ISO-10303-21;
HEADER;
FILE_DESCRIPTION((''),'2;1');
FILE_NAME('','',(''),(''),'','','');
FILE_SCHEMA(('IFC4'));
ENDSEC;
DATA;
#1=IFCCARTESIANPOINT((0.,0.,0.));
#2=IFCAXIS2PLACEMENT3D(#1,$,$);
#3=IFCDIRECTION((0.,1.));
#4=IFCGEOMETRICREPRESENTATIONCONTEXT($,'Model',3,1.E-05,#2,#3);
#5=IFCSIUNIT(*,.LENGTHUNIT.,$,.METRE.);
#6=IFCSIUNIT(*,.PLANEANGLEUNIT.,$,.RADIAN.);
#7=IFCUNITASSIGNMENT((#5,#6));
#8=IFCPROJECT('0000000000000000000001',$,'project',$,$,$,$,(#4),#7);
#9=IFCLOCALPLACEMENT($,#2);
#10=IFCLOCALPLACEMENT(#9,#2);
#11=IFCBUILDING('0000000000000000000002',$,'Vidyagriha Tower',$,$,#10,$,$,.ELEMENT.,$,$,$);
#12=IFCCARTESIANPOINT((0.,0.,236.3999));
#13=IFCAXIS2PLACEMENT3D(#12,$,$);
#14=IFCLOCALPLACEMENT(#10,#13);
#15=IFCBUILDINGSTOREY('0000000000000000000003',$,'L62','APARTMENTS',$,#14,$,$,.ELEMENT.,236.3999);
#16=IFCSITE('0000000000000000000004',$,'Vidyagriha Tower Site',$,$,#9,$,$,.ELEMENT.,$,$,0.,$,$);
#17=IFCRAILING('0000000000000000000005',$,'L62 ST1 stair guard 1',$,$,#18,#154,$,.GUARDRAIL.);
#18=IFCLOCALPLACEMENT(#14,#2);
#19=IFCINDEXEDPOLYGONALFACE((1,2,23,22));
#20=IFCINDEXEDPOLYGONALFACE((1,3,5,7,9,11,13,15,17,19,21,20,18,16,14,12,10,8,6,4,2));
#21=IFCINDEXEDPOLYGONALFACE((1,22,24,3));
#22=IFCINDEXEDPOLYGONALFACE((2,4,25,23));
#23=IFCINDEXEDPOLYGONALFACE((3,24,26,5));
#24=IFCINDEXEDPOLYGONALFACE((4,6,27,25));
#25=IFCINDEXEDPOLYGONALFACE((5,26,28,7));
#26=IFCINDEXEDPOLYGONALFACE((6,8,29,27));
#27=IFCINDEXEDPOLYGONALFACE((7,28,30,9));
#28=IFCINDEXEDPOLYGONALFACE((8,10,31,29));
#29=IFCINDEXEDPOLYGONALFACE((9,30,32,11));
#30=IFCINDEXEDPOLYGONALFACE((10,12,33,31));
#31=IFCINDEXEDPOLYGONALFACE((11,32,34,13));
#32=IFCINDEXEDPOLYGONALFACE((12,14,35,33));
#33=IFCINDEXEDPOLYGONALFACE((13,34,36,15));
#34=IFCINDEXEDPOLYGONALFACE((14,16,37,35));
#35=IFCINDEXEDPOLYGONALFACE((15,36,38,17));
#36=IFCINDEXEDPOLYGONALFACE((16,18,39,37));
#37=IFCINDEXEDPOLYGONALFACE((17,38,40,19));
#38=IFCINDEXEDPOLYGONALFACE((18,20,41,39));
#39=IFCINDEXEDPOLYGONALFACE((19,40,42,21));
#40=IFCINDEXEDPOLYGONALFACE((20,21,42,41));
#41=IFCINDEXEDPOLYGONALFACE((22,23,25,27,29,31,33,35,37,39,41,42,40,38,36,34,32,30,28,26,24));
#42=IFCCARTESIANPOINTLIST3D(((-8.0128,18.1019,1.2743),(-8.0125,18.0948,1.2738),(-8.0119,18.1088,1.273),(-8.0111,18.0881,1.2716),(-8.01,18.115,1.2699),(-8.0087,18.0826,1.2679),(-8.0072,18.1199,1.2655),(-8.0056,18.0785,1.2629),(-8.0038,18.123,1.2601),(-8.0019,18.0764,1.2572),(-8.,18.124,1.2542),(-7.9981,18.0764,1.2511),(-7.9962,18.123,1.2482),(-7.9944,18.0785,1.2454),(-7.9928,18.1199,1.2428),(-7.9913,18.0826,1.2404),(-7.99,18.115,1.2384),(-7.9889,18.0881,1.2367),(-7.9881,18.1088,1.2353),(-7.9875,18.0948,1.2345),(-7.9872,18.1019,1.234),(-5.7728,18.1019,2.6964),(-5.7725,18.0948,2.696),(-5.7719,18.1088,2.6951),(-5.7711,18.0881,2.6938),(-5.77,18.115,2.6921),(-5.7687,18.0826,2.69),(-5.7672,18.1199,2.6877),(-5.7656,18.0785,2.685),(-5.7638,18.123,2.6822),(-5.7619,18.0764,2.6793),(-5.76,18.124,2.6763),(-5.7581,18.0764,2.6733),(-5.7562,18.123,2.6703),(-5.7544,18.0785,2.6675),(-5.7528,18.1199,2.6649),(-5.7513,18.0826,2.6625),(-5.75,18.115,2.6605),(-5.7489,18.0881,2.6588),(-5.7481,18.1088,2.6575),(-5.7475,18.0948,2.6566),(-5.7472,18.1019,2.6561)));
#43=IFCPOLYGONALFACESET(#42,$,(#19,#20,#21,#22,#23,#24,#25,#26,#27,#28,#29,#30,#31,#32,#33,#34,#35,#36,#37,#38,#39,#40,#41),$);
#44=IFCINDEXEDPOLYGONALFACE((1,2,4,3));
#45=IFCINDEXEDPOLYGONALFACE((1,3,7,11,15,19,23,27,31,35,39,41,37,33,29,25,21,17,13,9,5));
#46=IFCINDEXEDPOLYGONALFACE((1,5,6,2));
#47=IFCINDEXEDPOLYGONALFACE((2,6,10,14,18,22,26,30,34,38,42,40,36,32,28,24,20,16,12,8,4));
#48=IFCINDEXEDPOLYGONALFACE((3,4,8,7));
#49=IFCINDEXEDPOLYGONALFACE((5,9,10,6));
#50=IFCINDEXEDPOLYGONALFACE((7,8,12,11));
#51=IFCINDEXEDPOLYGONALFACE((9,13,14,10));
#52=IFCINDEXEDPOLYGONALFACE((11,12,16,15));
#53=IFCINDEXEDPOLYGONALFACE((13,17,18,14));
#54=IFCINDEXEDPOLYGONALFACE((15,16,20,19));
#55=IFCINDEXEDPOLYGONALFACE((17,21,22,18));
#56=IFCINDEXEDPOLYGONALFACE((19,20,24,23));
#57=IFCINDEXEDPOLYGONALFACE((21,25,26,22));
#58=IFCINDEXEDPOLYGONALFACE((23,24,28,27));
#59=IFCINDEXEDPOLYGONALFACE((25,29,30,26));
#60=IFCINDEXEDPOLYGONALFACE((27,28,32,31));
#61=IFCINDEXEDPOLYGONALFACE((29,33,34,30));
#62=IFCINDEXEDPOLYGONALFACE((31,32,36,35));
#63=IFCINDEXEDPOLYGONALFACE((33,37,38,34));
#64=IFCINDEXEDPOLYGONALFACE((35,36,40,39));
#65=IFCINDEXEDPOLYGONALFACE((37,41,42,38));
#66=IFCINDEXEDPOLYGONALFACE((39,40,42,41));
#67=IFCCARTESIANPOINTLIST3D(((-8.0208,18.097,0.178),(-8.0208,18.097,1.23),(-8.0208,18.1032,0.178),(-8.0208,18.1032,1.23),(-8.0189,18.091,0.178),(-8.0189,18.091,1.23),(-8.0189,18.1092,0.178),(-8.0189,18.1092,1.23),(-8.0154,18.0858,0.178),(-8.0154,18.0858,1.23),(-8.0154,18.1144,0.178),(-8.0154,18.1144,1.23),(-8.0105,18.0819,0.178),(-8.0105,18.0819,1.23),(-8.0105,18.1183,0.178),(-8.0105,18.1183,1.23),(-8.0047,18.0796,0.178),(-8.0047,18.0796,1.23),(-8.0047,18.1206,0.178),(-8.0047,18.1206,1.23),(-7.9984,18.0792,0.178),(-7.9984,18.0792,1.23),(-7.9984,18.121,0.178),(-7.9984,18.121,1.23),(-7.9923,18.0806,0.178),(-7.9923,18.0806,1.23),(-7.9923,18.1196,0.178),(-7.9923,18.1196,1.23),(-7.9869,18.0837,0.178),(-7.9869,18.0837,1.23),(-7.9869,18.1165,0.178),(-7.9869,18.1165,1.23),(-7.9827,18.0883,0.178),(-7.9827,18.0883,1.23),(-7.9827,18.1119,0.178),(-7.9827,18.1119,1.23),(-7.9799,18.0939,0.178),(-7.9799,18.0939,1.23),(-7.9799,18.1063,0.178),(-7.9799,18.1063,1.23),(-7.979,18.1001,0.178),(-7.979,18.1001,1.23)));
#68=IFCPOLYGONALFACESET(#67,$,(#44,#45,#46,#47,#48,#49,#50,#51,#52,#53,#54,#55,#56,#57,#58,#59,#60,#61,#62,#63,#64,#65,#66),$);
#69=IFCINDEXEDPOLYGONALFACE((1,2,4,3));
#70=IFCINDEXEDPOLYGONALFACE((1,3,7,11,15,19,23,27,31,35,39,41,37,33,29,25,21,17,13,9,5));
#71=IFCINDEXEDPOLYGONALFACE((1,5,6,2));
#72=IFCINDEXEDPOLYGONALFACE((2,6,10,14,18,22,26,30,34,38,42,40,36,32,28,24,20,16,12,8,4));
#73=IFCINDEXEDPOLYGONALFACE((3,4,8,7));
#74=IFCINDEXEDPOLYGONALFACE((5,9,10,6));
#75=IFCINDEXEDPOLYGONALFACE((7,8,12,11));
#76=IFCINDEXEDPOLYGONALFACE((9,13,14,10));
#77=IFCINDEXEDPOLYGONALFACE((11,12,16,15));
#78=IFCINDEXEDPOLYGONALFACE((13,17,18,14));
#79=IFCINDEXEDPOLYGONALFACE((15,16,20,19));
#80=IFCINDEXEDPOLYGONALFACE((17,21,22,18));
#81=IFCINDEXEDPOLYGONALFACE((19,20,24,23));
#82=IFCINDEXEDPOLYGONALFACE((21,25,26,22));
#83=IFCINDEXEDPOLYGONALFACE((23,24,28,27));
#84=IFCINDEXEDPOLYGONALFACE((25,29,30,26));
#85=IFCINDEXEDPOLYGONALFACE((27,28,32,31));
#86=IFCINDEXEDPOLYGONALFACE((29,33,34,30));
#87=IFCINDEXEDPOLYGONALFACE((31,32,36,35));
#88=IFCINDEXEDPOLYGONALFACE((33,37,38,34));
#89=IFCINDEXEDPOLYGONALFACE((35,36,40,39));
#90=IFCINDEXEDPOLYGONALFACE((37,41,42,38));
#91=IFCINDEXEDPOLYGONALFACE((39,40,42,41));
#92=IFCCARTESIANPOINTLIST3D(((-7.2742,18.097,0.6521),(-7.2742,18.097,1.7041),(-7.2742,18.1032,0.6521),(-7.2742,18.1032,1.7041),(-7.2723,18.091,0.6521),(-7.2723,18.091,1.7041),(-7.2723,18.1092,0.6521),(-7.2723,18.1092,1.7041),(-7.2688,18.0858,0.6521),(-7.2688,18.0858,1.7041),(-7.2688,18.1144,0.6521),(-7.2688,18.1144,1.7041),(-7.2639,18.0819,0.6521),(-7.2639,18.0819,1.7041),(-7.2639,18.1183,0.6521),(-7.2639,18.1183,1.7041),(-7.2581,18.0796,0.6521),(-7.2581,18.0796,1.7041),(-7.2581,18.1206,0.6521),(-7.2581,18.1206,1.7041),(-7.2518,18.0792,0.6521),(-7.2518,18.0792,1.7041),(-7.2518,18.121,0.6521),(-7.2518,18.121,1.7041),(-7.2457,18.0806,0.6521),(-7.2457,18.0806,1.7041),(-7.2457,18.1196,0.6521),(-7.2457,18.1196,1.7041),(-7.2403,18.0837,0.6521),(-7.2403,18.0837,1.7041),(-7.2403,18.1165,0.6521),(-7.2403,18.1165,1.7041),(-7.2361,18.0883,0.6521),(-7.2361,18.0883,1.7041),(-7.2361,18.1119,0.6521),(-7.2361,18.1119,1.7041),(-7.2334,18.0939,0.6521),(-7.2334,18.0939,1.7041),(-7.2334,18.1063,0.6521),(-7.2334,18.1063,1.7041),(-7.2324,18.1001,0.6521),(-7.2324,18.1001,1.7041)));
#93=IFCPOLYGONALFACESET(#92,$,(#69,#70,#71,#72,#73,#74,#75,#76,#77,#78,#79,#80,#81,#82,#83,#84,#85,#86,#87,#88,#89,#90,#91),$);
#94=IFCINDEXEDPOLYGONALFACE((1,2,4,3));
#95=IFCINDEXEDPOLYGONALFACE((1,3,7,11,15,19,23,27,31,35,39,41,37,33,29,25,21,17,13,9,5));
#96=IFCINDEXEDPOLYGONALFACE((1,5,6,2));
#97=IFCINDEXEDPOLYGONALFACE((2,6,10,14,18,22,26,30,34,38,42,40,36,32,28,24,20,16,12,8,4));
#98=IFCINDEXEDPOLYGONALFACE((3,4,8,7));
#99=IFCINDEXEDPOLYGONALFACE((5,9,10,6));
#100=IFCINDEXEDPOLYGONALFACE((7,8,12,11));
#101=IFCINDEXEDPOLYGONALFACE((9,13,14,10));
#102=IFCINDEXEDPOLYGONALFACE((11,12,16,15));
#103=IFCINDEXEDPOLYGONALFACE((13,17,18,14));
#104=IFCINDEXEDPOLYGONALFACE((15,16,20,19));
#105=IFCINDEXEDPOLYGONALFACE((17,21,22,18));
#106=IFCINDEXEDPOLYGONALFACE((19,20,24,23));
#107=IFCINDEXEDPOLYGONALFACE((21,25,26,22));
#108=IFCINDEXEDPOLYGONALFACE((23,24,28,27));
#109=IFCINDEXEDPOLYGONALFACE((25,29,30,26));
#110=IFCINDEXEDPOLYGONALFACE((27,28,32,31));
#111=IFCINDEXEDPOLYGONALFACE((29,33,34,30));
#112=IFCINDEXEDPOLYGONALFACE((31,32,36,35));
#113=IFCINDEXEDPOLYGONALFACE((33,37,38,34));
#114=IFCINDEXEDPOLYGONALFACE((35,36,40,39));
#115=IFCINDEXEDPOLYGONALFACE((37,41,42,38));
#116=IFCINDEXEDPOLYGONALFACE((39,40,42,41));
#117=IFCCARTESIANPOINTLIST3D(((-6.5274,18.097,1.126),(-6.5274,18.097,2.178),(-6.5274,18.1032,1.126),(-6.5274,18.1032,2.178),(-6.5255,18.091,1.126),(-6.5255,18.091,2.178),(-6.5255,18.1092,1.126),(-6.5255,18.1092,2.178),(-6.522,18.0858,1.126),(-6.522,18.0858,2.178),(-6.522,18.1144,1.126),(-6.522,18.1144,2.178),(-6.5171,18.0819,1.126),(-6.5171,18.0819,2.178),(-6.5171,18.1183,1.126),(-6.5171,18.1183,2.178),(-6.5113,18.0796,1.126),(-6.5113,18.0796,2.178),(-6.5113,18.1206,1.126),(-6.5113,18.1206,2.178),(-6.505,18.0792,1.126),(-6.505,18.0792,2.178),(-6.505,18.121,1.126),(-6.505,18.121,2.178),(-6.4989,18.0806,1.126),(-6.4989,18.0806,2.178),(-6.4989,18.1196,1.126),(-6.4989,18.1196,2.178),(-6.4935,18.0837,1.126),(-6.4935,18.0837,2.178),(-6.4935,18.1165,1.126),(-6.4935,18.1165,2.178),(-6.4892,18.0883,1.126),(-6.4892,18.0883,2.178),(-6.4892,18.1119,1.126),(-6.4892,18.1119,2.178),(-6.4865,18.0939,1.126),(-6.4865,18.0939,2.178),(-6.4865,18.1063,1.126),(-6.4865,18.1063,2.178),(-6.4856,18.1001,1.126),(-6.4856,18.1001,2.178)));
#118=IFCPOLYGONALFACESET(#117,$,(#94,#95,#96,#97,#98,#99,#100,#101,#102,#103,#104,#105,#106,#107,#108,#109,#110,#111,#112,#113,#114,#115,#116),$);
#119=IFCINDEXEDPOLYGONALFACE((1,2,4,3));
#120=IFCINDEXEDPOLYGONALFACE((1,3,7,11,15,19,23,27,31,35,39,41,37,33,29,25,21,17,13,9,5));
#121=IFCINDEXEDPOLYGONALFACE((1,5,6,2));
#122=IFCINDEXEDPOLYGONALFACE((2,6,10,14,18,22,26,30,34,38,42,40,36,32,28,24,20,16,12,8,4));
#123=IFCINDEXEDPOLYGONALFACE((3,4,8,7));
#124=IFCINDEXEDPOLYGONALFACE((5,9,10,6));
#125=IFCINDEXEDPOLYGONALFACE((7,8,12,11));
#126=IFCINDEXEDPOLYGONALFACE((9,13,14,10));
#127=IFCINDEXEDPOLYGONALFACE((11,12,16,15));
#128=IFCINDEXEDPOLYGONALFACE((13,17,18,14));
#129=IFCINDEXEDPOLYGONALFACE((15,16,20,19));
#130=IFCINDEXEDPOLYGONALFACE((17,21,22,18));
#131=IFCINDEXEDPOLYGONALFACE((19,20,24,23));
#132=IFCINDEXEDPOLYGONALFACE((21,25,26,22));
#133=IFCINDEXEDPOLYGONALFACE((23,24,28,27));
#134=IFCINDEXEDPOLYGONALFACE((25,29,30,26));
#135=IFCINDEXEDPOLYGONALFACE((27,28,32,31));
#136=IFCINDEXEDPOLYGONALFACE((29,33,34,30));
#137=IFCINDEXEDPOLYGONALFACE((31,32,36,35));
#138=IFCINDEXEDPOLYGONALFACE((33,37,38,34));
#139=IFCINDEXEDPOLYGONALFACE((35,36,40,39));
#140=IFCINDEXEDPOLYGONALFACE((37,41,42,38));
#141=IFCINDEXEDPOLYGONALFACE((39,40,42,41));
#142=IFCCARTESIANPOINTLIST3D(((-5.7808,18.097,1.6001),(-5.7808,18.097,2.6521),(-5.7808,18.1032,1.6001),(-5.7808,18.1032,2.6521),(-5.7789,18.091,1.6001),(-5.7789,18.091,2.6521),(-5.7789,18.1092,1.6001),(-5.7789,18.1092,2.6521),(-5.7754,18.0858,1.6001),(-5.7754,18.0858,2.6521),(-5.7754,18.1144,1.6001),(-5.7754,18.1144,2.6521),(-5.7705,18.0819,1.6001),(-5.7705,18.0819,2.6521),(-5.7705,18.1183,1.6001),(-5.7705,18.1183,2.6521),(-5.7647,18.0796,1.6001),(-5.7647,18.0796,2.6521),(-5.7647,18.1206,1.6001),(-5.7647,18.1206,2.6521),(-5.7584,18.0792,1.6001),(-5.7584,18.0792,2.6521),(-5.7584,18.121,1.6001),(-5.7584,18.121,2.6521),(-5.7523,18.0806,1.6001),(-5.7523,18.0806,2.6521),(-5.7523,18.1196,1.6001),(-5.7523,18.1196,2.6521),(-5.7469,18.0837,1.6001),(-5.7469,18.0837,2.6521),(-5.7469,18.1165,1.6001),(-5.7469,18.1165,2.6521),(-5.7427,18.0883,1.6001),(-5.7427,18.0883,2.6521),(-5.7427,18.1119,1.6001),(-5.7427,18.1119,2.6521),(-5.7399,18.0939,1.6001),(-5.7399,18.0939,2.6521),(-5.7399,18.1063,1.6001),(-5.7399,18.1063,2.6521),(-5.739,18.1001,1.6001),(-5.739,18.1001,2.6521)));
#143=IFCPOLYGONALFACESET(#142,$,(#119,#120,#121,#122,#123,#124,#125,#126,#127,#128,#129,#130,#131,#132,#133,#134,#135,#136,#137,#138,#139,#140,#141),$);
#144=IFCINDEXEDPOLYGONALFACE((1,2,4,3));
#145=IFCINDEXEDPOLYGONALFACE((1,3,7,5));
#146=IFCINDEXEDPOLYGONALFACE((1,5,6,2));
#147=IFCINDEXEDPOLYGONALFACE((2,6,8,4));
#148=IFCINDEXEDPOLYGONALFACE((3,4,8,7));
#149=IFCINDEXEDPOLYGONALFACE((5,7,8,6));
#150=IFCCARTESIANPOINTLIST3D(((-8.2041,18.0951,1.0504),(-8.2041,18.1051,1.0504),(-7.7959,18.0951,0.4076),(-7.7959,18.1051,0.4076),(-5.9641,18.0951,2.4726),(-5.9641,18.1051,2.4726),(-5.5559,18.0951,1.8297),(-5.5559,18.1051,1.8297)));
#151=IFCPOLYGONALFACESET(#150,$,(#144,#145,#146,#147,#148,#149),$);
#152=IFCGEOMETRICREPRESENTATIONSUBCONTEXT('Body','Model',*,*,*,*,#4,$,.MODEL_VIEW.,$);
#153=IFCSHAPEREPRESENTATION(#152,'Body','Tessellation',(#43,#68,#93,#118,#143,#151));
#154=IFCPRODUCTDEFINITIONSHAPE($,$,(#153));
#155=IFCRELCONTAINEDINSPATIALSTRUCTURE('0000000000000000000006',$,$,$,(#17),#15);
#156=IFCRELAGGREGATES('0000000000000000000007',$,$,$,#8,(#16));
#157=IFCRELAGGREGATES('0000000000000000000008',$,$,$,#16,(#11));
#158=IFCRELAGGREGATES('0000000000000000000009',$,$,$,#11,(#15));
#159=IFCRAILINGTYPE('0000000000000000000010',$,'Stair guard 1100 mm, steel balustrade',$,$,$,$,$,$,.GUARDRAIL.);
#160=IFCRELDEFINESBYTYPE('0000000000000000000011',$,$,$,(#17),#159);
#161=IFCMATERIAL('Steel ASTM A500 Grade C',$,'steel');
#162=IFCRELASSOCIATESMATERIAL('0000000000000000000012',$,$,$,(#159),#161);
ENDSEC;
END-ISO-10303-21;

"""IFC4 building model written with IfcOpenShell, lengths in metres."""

from ifc_helpers import new_model, si_unit, direction, frame, origin, origin_2d, place, context, subcontext, project, spatial, rectangle, circle, extrude, material, type_object, element, save


model = new_model("IFC4")

# Units and contexts
model_context = context("Model", 3, precision=1e-05, world=origin(), true_north=direction((0.0, 1.0)))
body_context = subcontext(model_context, "Body", "Model", "MODEL_VIEW")
ifc_project = project(units=[si_unit("LENGTHUNIT", "METRE"), si_unit("PLANEANGLEUNIT", "RADIAN")], contexts=[model_context])

# Site, building, storey
site_placement = place(None, origin())
site = spatial("IfcSite", under=ifc_project, at=site_placement, Name="Vidyagriha Tower Site", CompositionType="ELEMENT", RefElevation=0.0)
building_placement = place(site_placement, origin())
building = spatial("IfcBuilding", under=site, at=building_placement, Name="Vidyagriha Tower", CompositionType="ELEMENT")
storey_placement = place(building_placement, frame((0.0, 0.0, 236.3999)))
storey = spatial("IfcBuildingStorey", under=building, at=storey_placement, Name="L62", Description="APARTMENTS", CompositionType="ELEMENT", Elevation=236.3999)

# Railing
ifc_material_1 = material(Name="Steel ASTM A500 Grade C", Category="steel")
railing_type_1 = type_object("IfcRailingType", Name="Stair guard 1100 mm, steel balustrade", PredefinedType="GUARDRAIL", material=ifc_material_1)
railing_1_placement = place(storey_placement, frame((-8.0, 18.1001, 0.178)))
element("IfcRailing", 1, at=railing_1_placement, inside=storey, type_object=railing_type_1, Name="L62 ST1 stair guard 1", PredefinedType="GUARDRAIL", context=body_context, shape_type="SweptSolid", body=[
    extrude(circle(Radius=0.0239, at=origin_2d()), frame((0.0, 0.0, 1.0762), z_axis=(0.844229, 0.0, 0.535982), x_axis=(0.0, 1.0, 0.0)), (0.0, 0.0, 1.0), 2.6533),
    extrude(circle(Radius=0.021, at=origin_2d()), origin(), (0.0, 0.0, 1.0), 1.052),
    extrude(circle(Radius=0.021, at=origin_2d()), frame((0.7466, 0.0, 0.4741)), (0.0, 0.0, 1.0), 1.052),
    extrude(circle(Radius=0.021, at=origin_2d()), frame((1.4934, 0.0, 0.948)), (0.0, 0.0, 1.0), 1.052),
    extrude(circle(Radius=0.021, at=origin_2d()), frame((2.24, 0.0, 1.4221)), (0.0, 0.0, 1.0), 1.052),
    extrude(rectangle(XDim=0.01, YDim=0.7615, at=origin_2d()), frame((0.0, 0.0, 0.551), z_axis=(0.844229, 0.0, 0.535982), x_axis=(0.0, 1.0, 0.0)), (0.0, 0.0, 1.0), 2.6533),
])

save(model, "model.ifc")
